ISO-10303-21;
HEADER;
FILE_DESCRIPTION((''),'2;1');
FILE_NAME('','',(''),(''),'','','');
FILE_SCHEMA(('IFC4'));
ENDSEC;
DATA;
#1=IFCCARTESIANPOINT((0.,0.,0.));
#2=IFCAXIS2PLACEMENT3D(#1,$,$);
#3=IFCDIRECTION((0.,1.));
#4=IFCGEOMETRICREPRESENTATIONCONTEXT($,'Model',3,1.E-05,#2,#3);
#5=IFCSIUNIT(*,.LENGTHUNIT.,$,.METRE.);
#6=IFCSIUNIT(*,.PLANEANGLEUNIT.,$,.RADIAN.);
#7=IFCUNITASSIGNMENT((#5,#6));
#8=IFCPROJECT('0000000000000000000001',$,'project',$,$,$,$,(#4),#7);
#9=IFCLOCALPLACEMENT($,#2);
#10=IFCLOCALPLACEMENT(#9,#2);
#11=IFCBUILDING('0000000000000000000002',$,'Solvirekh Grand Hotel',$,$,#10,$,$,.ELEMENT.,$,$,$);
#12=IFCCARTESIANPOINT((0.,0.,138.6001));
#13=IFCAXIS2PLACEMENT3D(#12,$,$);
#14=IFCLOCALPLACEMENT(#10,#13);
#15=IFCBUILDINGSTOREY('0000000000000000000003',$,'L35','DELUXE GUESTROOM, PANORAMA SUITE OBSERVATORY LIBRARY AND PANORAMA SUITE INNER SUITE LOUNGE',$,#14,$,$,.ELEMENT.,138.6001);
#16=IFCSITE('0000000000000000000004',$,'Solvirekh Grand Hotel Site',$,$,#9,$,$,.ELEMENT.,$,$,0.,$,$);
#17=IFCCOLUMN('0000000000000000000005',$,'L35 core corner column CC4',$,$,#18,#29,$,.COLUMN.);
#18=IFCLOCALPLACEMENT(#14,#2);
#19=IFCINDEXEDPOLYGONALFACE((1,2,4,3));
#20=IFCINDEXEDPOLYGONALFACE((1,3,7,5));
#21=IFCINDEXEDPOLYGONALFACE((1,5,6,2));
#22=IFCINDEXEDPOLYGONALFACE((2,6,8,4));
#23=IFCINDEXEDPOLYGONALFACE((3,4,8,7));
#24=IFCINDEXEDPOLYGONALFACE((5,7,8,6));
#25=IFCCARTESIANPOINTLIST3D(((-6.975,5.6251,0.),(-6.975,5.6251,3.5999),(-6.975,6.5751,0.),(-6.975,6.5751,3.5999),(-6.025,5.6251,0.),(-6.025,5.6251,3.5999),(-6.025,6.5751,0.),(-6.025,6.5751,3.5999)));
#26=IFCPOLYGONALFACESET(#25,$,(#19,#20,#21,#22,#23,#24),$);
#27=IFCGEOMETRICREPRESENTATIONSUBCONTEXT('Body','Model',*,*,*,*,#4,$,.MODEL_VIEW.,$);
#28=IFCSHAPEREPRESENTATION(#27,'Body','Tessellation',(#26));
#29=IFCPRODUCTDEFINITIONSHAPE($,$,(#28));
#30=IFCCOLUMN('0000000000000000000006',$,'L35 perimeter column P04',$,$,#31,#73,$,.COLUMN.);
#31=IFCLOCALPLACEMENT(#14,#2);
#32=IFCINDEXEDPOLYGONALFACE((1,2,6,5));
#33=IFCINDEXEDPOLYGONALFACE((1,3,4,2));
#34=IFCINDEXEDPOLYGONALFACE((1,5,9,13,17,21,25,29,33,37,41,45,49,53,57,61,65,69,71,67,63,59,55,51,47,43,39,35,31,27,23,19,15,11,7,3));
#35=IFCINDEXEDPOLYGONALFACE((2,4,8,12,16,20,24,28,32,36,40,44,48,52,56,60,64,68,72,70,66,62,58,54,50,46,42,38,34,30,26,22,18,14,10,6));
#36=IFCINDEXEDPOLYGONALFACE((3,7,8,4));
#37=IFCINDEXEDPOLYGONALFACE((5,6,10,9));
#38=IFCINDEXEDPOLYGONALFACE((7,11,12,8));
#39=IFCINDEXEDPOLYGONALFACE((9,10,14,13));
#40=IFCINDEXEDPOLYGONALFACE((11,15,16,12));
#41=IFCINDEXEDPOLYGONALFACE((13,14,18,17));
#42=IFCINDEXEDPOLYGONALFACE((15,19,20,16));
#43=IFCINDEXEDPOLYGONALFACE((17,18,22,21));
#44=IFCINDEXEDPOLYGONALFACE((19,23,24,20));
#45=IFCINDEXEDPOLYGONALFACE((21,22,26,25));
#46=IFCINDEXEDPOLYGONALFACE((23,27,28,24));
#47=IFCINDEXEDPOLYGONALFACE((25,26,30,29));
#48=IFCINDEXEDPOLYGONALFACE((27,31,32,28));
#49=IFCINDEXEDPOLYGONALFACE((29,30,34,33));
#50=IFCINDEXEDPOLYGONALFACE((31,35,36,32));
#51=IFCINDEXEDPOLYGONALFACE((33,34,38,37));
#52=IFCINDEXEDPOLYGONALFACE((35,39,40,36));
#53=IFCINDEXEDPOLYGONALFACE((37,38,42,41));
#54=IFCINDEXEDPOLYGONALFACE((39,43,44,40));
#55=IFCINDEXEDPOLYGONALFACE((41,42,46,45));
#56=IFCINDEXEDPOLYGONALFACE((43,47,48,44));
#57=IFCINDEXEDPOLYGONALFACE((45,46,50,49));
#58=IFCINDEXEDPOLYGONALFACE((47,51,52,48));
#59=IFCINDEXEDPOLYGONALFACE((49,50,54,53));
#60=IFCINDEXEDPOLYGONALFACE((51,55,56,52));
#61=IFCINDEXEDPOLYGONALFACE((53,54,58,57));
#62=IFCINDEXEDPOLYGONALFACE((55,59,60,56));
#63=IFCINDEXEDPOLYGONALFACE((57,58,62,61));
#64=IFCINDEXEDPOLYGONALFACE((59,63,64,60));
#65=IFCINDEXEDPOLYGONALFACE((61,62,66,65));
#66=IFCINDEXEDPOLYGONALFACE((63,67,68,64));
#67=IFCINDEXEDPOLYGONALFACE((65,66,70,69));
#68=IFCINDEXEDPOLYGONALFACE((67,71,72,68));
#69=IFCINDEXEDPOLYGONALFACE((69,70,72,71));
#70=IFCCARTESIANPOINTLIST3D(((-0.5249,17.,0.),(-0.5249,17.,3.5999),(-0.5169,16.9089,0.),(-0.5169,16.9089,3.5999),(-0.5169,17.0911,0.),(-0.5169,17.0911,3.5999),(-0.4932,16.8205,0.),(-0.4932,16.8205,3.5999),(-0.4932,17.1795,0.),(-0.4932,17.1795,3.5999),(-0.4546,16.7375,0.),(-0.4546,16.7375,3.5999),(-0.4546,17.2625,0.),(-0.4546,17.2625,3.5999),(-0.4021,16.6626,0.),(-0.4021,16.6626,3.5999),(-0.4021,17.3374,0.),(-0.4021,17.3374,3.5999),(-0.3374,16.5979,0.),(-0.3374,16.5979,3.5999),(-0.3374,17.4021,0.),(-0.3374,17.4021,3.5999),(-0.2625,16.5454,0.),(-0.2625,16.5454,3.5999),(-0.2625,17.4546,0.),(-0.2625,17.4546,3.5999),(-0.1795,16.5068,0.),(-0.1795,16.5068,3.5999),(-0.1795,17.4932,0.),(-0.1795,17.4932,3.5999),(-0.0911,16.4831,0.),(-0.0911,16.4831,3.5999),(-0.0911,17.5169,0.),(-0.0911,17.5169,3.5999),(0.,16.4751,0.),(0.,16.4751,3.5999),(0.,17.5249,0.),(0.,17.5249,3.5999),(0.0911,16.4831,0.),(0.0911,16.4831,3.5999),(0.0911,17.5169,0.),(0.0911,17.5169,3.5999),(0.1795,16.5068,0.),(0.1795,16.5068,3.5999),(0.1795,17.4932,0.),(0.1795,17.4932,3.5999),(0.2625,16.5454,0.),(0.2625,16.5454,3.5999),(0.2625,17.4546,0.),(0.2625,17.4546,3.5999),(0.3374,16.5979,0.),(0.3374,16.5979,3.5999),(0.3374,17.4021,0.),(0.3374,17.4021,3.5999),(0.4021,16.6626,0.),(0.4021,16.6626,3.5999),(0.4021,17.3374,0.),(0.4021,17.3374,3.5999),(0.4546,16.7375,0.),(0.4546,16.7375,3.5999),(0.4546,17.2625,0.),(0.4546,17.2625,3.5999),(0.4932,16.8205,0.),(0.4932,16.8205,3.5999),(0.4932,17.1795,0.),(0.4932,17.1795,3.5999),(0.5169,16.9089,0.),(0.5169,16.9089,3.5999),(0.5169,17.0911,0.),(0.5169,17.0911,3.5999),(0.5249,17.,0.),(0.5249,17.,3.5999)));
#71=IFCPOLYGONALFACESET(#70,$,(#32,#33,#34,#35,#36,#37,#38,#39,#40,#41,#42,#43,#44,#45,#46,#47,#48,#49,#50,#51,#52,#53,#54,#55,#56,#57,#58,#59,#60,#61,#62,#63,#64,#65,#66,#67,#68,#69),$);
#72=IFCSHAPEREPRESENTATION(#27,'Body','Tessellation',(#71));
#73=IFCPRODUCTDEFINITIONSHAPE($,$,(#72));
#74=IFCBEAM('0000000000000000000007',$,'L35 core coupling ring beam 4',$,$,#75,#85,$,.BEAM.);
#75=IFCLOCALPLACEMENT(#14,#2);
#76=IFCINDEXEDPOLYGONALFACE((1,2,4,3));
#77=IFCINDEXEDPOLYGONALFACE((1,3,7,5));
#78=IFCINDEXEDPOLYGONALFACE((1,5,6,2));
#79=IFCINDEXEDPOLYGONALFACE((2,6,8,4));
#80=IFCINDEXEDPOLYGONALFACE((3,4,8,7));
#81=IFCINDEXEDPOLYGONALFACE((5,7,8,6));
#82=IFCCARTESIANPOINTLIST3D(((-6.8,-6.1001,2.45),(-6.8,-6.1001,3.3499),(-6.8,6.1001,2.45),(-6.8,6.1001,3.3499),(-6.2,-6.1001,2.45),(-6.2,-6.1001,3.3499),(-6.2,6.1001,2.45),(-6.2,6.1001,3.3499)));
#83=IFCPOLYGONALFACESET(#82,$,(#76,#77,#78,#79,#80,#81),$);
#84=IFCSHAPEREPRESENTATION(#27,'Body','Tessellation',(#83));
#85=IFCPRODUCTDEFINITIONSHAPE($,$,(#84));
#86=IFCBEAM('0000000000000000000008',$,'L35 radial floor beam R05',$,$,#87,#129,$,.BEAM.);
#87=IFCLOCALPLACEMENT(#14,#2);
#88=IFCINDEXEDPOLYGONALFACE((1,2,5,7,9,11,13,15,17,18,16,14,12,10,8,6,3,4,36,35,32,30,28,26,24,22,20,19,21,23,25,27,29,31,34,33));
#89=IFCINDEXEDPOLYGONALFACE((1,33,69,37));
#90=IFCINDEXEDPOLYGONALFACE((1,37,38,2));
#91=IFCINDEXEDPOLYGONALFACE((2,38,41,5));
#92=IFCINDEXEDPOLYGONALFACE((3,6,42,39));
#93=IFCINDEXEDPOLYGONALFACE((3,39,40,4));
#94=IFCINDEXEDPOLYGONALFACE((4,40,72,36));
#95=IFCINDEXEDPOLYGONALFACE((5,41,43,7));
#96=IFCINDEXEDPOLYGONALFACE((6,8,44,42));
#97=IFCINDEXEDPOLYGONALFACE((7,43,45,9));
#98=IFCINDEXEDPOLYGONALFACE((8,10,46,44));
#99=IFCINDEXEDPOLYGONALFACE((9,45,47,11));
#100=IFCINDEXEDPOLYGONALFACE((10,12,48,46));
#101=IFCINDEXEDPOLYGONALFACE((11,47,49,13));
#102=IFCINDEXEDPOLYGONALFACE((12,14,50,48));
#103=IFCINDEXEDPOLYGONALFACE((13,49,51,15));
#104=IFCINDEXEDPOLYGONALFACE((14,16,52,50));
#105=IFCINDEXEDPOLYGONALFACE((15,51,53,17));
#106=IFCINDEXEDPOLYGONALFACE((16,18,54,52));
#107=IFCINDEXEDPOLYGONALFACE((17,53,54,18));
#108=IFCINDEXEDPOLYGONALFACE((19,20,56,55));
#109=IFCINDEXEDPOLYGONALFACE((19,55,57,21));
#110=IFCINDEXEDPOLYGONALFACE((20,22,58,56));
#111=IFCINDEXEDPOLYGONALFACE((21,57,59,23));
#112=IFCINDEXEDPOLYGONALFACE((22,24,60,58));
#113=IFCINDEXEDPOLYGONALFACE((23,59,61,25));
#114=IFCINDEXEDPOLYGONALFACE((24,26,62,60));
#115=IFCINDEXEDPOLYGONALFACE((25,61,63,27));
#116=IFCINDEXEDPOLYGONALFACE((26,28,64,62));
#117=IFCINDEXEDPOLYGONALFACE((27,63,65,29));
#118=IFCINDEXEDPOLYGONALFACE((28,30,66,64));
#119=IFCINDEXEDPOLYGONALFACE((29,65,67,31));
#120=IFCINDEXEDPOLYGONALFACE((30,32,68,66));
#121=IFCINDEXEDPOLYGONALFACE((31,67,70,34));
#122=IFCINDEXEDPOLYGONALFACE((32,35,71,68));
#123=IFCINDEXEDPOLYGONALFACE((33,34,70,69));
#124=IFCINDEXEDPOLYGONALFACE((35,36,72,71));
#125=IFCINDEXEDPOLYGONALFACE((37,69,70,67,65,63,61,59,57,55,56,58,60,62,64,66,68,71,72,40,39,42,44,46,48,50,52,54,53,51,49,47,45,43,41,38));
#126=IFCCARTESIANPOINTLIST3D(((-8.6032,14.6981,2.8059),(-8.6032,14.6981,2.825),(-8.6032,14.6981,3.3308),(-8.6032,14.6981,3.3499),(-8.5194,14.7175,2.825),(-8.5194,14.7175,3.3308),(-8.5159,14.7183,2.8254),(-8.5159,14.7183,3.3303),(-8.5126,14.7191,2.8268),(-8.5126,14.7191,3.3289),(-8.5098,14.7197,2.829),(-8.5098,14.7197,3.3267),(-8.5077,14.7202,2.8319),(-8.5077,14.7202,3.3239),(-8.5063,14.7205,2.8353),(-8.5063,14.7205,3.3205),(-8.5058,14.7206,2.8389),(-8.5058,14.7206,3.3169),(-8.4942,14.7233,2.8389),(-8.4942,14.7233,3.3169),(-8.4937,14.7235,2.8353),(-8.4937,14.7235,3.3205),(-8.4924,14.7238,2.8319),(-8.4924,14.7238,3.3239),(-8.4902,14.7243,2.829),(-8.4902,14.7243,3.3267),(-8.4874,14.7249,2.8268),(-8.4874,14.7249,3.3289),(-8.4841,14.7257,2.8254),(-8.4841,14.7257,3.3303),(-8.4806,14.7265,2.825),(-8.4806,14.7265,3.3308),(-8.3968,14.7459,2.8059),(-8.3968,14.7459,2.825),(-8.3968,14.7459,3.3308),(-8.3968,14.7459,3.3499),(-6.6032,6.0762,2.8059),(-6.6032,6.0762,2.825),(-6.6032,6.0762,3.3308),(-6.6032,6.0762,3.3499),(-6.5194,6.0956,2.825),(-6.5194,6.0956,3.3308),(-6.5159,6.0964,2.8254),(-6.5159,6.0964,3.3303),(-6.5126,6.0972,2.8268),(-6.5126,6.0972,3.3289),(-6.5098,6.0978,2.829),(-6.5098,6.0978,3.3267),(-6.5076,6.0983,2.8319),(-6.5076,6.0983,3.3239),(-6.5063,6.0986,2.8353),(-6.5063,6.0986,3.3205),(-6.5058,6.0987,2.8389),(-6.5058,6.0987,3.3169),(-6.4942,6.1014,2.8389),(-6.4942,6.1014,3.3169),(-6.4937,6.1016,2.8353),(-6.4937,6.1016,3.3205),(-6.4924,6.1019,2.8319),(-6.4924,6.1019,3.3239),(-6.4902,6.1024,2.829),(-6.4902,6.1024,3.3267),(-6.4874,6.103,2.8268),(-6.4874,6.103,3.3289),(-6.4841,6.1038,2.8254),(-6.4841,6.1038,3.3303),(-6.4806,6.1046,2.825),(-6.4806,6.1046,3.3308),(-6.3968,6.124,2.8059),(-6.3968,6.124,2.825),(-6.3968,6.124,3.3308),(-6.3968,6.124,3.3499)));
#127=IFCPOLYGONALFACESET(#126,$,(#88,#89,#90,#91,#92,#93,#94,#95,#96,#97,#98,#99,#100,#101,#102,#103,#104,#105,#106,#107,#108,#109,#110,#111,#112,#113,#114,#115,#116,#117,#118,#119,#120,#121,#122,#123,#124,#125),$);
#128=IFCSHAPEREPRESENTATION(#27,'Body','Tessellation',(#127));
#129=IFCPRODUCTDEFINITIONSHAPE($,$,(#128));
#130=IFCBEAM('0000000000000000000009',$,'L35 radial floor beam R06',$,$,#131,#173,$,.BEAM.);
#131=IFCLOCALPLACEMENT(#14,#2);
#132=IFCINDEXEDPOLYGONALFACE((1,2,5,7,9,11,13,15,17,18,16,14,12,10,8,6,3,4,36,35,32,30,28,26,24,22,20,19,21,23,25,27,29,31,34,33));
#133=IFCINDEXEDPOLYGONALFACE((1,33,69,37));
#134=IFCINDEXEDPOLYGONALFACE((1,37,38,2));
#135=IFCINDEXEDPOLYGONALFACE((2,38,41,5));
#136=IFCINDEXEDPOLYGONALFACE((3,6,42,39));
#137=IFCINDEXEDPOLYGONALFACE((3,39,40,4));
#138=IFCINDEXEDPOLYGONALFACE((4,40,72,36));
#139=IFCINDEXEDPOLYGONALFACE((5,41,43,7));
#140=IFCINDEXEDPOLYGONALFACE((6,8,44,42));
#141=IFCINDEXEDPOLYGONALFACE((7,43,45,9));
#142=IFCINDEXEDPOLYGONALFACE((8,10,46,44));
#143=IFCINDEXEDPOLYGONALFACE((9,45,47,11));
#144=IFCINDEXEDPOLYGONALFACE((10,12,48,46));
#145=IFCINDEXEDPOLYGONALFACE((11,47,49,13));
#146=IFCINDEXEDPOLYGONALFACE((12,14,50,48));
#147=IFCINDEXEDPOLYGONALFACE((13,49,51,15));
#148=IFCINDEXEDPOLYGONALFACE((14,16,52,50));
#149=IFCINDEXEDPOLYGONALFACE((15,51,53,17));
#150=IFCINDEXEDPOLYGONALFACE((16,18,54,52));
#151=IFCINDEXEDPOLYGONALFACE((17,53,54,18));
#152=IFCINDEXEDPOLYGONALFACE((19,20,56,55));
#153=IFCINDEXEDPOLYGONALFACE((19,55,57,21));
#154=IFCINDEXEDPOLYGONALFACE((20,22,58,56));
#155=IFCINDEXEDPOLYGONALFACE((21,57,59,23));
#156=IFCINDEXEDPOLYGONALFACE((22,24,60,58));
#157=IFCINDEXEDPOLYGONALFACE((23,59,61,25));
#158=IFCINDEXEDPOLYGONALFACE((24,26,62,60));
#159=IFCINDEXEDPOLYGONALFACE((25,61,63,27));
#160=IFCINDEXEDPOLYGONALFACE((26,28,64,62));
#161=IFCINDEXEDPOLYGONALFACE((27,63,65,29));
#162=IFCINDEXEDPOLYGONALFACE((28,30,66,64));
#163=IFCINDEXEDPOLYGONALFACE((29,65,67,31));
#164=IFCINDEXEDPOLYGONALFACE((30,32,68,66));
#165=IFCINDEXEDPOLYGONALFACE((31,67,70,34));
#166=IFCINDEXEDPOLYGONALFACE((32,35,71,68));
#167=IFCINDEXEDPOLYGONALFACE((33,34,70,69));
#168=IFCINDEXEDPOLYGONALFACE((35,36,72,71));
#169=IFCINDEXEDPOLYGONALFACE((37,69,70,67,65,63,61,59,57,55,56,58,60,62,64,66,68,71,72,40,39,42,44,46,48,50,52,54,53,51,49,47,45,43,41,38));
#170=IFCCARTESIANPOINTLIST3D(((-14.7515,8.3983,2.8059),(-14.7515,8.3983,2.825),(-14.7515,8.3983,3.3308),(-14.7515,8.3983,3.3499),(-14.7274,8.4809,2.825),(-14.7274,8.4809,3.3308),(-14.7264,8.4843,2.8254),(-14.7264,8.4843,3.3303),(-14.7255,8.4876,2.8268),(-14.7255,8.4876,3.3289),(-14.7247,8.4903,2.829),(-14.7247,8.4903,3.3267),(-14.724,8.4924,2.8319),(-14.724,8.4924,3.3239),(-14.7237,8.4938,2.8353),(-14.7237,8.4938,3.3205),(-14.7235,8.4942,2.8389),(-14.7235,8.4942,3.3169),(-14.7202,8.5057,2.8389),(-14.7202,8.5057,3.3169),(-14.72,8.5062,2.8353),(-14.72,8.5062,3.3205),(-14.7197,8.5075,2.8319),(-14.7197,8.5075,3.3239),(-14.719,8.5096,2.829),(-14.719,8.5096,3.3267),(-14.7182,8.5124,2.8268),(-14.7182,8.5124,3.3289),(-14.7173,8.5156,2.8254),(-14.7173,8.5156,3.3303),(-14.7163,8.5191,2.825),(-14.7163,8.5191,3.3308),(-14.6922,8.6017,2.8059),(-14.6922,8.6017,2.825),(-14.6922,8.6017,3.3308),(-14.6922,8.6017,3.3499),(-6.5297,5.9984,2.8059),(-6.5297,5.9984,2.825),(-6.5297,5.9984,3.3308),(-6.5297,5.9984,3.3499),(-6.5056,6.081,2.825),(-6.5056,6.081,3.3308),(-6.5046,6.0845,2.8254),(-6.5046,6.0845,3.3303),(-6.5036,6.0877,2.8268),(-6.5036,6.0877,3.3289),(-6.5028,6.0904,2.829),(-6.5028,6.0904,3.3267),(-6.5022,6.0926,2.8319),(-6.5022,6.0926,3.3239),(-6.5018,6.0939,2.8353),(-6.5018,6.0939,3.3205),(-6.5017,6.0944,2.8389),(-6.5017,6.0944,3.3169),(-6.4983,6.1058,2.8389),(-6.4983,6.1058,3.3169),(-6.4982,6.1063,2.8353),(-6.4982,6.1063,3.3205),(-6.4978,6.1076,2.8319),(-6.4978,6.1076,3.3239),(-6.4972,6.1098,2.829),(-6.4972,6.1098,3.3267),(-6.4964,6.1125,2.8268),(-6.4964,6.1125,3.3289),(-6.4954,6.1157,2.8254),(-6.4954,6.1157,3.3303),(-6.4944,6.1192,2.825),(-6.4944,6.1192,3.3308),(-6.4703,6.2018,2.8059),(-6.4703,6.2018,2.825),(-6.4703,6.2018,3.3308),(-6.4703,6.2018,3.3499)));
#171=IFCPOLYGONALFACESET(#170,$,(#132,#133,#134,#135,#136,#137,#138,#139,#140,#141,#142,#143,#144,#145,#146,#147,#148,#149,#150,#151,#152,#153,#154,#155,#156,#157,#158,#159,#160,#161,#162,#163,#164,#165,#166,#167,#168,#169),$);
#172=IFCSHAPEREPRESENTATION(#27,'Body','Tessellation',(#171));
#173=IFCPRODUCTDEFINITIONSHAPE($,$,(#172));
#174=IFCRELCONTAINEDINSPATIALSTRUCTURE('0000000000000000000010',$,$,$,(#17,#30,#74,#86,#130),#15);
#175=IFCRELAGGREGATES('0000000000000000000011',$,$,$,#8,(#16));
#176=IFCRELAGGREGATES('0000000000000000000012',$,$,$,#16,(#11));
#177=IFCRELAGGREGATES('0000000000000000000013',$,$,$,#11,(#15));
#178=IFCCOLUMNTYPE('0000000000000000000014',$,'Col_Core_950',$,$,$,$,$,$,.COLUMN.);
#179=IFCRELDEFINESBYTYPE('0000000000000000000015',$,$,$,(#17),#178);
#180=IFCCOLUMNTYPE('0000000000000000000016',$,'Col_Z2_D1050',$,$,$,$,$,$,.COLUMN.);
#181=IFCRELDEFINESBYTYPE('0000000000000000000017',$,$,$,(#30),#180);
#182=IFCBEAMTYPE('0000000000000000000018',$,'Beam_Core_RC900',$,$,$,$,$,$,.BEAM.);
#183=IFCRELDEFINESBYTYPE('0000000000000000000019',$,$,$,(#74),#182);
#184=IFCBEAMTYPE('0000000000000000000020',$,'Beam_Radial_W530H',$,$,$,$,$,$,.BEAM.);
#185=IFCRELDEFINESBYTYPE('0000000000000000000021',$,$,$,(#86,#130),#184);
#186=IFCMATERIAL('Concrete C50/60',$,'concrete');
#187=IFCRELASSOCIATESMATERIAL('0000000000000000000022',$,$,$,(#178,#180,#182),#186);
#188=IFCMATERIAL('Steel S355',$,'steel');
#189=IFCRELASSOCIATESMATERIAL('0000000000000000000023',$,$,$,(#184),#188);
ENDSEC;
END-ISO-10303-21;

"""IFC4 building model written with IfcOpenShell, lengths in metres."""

from ifc_helpers import new_model, si_unit, direction, frame, origin, origin_2d, place, context, subcontext, project, spatial, rectangle, circle, i_section, extrude, material, material_profile, profile_set, type_object, element, save


model = new_model("IFC4")

# Units and contexts
model_context = context("Model", 3, precision=1e-05, world=origin(), true_north=direction((0.0, 1.0)))
body_context = subcontext(model_context, "Body", "Model", "MODEL_VIEW")
ifc_project = project(units=[si_unit("LENGTHUNIT", "METRE"), si_unit("PLANEANGLEUNIT", "RADIAN")], contexts=[model_context])

# Site, building, storey
site_placement = place(None, origin())
site = spatial("IfcSite", under=ifc_project, at=site_placement, Name="Solvirekh Grand Hotel Site", CompositionType="ELEMENT", RefElevation=0.0)
building_placement = place(site_placement, origin())
building = spatial("IfcBuilding", under=site, at=building_placement, Name="Solvirekh Grand Hotel", CompositionType="ELEMENT")
storey_placement = place(building_placement, frame((0.0, 0.0, 138.6001)))
storey = spatial("IfcBuildingStorey", under=building, at=storey_placement, Name="L35", Description="DELUXE GUESTROOM, PANORAMA SUITE OBSERVATORY LIBRARY AND PANORAMA SUITE INNER SUITE LOUNGE", CompositionType="ELEMENT", Elevation=138.6001)

# Columns
ifc_material_1 = material(Name="Concrete C50/60", Category="concrete")
ifc_material_profile_1 = material_profile(ifc_material_1, rectangle(XDim=0.95, YDim=0.95, at=origin_2d()), Name="RC 950X950")
ifc_profile_set_1 = profile_set([ifc_material_profile_1], Name="Concrete C50/60")
column_type_1 = type_object("IfcColumnType", Name="Col_Core_950", PredefinedType="COLUMN", material=ifc_profile_set_1)
column_1_placement = place(storey_placement, frame((-6.5, 6.1001, 0.0), z_axis=(0.0, 0.0, 1.0), x_axis=(1.0, 0.0, 0.0)))
element("IfcColumn", 1, at=column_1_placement, inside=storey, type_object=column_type_1, Name="L35 core corner column CC4", PredefinedType="COLUMN", context=body_context, shape_type="SweptSolid", body=[
    extrude(rectangle(XDim=0.95, YDim=0.95, at=origin_2d()), origin(), (0.0, 0.0, 1.0), 3.5999),
])
ifc_material_profile_2 = material_profile(ifc_material_1, circle(Radius=0.5249, at=origin_2d()), Name="RC CIRC D1050")
ifc_profile_set_2 = profile_set([ifc_material_profile_2], Name="Concrete C50/60")
column_type_2 = type_object("IfcColumnType", Name="Col_Z2_D1050", PredefinedType="COLUMN", material=ifc_profile_set_2)
column_2_placement = place(storey_placement, frame((0.0, 17.0, 0.0), z_axis=(0.0, 0.0, 1.0), x_axis=(1.0, 0.0, 0.0)))
element("IfcColumn", 2, at=column_2_placement, inside=storey, type_object=column_type_2, Name="L35 perimeter column P04", PredefinedType="COLUMN", context=body_context, shape_type="SweptSolid", body=[
    extrude(circle(Radius=0.5249, at=origin_2d()), origin(), (0.0, 0.0, 1.0), 3.5999),
])

# Beams
ifc_material_profile_3 = material_profile(ifc_material_1, rectangle(XDim=0.6001, YDim=0.8999, at=origin_2d()), Name="RC BEAM 600X900")
ifc_profile_set_3 = profile_set([ifc_material_profile_3], Name="Concrete C50/60")
beam_type_1 = type_object("IfcBeamType", Name="Beam_Core_RC900", PredefinedType="BEAM", material=ifc_profile_set_3)
beam_1_placement = place(storey_placement, frame((-6.5, 6.1001, 2.8999), z_axis=(0.0, -1.0, 0.0), x_axis=(1.0, 0.0, 0.0)))
element("IfcBeam", 3, at=beam_1_placement, inside=storey, type_object=beam_type_1, Name="L35 core coupling ring beam 4", PredefinedType="BEAM", context=body_context, shape_type="SweptSolid", body=[
    extrude(rectangle(XDim=0.6001, YDim=0.8999, at=origin_2d()), origin(), (0.0, 0.0, 1.0), 12.2002),
])
ifc_material_2 = material(Name="Steel S355", Category="steel")
ifc_material_profile_4 = material_profile(ifc_material_2, i_section(OverallWidth=0.2119, OverallDepth=0.5439, WebThickness=0.012, FlangeThickness=0.019, FilletRadius=0.0139, at=origin_2d()), Name="W530X123")
ifc_profile_set_4 = profile_set([ifc_material_profile_4], Name="Steel S355")
beam_type_2 = type_object("IfcBeamType", Name="Beam_Radial_W530H", PredefinedType="BEAM", material=ifc_profile_set_4)
beam_2_placement = place(storey_placement, frame((-6.5, 6.1001, 3.0779), z_axis=(-0.225969, 0.974134, 0.0), x_axis=(-0.974134, -0.225969, 0.0)))
element("IfcBeam", 4, at=beam_2_placement, inside=storey, type_object=beam_type_2, Name="L35 radial floor beam R05", PredefinedType="BEAM", context=body_context, shape_type="SweptSolid", body=[
    extrude(i_section(OverallWidth=0.2119, OverallDepth=0.5439, WebThickness=0.012, FlangeThickness=0.019, FilletRadius=0.0139, at=origin_2d()), origin(), (0.0, 0.0, 1.0), 8.8508),
])
beam_3_placement = place(storey_placement, frame((-6.5, 6.1001, 3.0779), z_axis=(-0.959942, 0.280198, 0.0), x_axis=(-0.280198, -0.959942, 0.0)))
element("IfcBeam", 5, at=beam_3_placement, inside=storey, type_object=beam_type_2, Name="L35 radial floor beam R06", PredefinedType="BEAM", context=body_context, shape_type="SweptSolid", body=[
    extrude(i_section(OverallWidth=0.2119, OverallDepth=0.5439, WebThickness=0.012, FlangeThickness=0.019, FilletRadius=0.0139, at=origin_2d()), origin(), (0.0, 0.0, 1.0), 8.5649),
])

save(model, "model.ifc")
